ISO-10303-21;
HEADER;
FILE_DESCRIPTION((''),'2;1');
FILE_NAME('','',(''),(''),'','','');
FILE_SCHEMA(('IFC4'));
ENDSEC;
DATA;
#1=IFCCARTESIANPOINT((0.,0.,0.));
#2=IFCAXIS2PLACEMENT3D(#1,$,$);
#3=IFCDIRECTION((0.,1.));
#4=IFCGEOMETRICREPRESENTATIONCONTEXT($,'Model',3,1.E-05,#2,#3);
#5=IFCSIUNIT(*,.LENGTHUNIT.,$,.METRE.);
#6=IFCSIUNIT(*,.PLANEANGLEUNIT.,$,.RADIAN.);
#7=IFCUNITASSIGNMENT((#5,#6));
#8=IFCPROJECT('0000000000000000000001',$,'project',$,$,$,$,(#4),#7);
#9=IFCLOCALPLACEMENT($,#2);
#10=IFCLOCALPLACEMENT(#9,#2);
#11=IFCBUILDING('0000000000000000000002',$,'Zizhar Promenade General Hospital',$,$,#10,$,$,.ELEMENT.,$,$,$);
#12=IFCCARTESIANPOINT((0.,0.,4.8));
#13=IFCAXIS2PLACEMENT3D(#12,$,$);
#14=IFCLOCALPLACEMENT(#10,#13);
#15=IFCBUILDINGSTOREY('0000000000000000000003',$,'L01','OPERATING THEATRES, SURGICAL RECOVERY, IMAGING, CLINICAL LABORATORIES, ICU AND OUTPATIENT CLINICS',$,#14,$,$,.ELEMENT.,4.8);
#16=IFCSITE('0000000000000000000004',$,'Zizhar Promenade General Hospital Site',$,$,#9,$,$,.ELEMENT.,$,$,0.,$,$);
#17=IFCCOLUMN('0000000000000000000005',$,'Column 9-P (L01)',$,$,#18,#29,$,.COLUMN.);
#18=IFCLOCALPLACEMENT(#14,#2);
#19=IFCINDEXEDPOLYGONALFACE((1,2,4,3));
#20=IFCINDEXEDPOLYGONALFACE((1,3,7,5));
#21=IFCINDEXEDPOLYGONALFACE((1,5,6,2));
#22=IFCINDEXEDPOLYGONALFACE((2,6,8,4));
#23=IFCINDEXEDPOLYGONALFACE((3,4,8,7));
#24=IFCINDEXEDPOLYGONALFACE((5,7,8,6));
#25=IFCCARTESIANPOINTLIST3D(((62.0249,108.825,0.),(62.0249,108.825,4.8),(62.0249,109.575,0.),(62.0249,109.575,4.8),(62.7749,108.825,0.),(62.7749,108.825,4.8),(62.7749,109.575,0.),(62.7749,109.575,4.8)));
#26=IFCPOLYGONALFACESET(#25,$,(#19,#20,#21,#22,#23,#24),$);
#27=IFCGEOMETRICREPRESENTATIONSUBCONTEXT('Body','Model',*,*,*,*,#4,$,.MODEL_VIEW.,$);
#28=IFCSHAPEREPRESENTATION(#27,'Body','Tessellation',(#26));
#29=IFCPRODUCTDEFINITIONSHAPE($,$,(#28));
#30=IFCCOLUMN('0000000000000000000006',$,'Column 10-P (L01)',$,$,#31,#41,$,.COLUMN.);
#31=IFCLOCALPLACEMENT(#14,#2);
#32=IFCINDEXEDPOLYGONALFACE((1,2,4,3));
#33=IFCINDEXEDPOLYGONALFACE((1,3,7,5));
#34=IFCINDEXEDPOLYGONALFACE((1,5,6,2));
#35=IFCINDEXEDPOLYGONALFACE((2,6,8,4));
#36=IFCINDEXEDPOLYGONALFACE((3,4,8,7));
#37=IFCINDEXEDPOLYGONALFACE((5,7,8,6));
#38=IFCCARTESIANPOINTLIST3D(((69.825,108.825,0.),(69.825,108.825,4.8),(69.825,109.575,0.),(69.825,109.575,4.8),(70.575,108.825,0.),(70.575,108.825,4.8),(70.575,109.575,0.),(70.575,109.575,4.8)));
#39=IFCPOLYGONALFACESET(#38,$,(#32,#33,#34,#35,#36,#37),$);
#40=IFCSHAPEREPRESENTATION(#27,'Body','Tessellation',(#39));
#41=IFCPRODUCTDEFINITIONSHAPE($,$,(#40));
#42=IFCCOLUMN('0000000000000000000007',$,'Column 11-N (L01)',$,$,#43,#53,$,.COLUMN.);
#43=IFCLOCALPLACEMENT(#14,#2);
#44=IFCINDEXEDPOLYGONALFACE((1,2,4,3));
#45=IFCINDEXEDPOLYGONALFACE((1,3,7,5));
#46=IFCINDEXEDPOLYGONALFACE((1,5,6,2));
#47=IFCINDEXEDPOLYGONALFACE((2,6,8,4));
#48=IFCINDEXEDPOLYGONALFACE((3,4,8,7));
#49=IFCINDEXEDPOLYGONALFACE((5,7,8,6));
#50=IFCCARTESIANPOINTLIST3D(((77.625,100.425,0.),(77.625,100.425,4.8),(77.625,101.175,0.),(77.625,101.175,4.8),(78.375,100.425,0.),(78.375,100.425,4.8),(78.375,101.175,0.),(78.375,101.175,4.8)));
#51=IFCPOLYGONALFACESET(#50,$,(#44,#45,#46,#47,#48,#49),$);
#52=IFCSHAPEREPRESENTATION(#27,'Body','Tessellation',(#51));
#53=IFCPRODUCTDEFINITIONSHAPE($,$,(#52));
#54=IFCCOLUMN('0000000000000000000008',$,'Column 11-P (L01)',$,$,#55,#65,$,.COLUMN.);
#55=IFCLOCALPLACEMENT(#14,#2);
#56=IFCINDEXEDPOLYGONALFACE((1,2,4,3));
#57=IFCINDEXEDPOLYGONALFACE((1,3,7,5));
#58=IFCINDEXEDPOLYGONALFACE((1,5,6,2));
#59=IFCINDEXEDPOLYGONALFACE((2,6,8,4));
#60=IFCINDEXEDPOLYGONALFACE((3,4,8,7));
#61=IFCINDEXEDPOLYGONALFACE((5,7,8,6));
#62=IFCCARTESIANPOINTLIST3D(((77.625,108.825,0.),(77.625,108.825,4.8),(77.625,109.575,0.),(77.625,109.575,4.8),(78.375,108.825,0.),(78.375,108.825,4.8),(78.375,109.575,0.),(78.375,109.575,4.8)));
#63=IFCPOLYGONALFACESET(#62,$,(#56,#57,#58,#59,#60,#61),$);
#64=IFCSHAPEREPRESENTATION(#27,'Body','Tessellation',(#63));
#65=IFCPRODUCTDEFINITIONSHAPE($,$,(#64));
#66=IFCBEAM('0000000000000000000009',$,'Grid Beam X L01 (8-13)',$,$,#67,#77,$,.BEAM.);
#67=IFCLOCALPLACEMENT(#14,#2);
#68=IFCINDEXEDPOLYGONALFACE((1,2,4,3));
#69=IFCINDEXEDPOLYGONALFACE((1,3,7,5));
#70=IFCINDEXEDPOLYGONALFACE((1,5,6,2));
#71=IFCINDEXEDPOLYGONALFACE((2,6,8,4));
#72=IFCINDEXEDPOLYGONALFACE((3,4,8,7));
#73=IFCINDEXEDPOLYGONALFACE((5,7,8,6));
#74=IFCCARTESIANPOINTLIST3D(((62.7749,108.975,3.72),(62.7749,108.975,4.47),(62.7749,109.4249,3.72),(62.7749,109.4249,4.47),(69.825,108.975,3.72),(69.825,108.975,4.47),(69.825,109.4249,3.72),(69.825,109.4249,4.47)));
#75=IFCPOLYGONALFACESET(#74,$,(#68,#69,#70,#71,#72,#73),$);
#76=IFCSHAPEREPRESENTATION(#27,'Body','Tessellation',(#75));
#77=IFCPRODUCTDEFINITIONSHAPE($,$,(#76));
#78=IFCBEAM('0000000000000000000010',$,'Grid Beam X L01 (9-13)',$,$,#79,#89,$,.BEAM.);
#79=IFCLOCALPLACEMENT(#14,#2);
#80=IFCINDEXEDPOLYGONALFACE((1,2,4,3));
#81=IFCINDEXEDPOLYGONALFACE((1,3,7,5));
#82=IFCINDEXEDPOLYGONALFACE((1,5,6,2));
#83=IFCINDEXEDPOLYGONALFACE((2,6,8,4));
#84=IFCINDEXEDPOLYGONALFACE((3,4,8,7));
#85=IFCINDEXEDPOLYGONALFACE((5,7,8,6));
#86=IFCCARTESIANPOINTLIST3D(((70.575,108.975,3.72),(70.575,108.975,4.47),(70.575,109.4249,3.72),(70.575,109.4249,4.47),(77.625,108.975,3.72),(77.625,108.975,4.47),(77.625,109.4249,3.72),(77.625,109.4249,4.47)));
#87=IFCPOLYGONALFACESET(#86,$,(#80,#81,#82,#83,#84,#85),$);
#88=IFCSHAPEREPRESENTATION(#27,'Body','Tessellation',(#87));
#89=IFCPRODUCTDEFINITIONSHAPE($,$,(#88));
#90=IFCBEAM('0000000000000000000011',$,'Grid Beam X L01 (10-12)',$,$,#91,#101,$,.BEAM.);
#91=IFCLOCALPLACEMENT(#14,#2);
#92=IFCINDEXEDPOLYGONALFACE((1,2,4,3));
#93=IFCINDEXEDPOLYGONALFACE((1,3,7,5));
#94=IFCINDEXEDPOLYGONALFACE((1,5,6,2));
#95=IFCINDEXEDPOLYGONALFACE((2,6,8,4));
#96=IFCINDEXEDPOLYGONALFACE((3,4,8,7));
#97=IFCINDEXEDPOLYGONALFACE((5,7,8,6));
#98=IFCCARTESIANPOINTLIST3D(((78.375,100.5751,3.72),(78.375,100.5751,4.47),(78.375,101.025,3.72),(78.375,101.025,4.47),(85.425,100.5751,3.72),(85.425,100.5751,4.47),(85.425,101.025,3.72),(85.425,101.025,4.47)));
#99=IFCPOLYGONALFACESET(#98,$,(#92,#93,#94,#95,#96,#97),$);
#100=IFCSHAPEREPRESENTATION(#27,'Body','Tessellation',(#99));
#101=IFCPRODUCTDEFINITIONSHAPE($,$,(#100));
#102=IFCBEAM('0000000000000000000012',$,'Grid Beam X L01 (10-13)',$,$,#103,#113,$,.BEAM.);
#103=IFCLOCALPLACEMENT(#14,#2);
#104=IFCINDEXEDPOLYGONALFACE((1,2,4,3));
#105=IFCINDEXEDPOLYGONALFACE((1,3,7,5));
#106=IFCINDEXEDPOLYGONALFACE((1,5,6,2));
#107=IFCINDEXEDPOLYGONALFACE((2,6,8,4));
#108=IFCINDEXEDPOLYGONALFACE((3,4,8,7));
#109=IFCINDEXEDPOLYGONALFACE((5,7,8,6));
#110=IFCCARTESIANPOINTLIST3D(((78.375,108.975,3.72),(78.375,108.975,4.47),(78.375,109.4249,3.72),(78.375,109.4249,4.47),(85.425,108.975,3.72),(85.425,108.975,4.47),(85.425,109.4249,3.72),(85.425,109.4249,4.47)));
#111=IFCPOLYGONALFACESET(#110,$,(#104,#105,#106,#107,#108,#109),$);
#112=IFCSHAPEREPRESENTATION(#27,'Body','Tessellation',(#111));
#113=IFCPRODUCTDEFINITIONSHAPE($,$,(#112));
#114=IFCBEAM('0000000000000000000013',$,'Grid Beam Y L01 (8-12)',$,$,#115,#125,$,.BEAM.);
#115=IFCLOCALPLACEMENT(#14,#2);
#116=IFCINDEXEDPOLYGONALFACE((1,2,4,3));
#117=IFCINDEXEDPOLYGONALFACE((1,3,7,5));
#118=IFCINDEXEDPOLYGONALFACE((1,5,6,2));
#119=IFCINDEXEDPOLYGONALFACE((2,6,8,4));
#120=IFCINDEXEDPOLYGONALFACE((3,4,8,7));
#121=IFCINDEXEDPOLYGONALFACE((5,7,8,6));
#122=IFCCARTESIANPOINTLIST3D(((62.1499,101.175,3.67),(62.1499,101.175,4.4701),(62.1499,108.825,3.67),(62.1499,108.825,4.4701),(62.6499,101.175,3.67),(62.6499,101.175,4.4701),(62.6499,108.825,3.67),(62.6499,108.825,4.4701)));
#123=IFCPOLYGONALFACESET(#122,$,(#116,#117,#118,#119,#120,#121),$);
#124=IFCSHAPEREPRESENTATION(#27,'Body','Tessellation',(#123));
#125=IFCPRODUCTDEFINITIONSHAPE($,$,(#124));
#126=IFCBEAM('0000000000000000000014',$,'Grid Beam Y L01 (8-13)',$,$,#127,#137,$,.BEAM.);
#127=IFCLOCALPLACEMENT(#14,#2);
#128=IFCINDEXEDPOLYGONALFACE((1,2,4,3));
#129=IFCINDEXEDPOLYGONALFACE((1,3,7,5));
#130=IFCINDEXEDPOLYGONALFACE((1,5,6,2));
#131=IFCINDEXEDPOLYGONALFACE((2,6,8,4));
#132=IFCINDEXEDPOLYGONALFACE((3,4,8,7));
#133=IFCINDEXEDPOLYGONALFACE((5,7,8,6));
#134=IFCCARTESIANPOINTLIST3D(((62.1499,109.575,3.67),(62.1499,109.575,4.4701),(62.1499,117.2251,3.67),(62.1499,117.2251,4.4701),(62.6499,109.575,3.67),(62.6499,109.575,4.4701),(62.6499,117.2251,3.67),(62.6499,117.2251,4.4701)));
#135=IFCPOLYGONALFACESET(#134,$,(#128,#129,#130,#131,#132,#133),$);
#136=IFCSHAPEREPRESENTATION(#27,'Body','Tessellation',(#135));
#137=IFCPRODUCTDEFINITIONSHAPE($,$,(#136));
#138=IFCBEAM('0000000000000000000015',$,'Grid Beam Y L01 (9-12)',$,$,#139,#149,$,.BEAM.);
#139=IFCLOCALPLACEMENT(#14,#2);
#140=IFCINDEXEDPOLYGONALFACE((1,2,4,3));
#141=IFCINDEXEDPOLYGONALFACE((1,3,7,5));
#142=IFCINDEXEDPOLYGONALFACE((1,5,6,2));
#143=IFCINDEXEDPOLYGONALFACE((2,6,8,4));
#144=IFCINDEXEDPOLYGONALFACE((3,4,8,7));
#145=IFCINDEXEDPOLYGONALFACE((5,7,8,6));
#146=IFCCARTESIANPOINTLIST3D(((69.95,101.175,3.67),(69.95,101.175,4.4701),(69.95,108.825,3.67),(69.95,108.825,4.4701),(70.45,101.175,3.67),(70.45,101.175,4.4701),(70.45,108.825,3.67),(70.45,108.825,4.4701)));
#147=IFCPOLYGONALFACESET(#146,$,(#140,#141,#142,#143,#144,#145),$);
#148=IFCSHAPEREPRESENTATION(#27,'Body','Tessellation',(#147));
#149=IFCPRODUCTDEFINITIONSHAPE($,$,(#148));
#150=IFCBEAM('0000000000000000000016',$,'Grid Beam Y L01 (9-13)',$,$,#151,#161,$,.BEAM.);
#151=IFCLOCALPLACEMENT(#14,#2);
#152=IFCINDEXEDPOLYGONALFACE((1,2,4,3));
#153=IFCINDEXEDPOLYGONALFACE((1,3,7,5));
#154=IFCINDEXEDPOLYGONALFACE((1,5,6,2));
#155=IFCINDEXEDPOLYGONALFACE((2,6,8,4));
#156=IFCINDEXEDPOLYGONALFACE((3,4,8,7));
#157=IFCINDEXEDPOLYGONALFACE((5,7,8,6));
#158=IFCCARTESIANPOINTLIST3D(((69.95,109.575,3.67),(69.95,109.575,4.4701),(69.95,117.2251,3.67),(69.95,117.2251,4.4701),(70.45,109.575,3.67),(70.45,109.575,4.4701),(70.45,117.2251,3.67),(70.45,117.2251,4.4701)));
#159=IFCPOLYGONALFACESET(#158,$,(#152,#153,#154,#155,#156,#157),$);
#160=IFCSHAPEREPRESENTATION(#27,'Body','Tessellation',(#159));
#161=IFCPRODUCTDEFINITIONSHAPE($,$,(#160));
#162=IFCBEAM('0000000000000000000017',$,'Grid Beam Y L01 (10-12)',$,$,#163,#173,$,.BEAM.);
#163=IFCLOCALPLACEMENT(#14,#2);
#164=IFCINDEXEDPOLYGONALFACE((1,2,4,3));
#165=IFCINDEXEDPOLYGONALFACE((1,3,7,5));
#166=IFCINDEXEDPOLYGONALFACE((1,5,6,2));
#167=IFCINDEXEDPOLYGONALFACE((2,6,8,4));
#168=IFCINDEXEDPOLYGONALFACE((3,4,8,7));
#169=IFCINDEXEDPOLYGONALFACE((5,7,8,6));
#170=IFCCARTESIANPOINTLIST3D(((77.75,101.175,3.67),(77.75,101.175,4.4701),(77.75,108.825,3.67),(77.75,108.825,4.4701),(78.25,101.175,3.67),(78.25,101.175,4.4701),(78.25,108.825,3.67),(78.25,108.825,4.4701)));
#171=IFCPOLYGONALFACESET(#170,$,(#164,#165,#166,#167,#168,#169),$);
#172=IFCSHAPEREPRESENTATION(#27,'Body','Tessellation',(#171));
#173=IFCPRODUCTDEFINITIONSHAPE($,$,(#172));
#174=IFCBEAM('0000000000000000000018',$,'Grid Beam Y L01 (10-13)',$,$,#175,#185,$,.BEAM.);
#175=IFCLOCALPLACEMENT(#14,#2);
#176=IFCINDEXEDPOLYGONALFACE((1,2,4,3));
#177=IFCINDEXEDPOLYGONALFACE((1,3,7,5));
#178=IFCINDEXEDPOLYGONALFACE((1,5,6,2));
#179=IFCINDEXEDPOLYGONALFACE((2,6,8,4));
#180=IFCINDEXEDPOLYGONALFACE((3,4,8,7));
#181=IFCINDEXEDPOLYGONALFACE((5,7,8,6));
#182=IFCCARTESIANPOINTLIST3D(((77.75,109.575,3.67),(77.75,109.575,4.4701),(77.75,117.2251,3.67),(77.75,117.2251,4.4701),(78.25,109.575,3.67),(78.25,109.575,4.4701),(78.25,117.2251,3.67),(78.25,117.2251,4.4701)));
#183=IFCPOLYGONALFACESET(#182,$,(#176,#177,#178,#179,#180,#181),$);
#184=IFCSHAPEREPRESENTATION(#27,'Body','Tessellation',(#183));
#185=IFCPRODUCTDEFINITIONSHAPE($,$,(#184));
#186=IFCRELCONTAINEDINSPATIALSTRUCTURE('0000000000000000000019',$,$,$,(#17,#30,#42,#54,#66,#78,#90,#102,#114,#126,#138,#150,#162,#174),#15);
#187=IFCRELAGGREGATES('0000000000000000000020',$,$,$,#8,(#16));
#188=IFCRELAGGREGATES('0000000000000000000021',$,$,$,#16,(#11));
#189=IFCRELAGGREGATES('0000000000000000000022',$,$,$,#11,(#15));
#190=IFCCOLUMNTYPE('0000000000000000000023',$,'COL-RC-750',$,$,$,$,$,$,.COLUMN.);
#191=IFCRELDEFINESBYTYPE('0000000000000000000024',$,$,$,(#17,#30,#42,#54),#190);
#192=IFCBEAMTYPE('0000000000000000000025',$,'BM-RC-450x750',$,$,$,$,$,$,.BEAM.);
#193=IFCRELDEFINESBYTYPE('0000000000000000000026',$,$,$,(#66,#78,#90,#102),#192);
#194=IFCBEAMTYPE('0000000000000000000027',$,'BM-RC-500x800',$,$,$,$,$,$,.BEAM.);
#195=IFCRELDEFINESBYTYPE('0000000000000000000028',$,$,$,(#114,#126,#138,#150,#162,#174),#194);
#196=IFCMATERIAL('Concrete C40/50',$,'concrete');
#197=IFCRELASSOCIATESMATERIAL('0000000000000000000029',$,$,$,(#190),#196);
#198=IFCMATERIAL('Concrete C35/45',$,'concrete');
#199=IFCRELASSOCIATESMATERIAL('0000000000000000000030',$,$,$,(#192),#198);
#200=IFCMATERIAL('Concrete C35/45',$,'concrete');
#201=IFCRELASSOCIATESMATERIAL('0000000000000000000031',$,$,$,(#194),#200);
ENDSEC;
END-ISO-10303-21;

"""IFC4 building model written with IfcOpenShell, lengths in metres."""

from ifc_helpers import new_model, si_unit, direction, frame, origin, origin_2d, place, context, subcontext, project, spatial, rectangle, extrude, material, material_profile, profile_set, type_object, element, save


model = new_model("IFC4")

# Units and contexts
model_context = context("Model", 3, precision=1e-05, world=origin(), true_north=direction((0.0, 1.0)))
body_context = subcontext(model_context, "Body", "Model", "MODEL_VIEW")
ifc_project = project(units=[si_unit("LENGTHUNIT", "METRE"), si_unit("PLANEANGLEUNIT", "RADIAN")], contexts=[model_context])

# Site, building, storey
site_placement = place(None, origin())
site = spatial("IfcSite", under=ifc_project, at=site_placement, Name="Zizhar Promenade General Hospital Site", CompositionType="ELEMENT", RefElevation=0.0)
building_placement = place(site_placement, origin())
building = spatial("IfcBuilding", under=site, at=building_placement, Name="Zizhar Promenade General Hospital", CompositionType="ELEMENT")
storey_placement = place(building_placement, frame((0.0, 0.0, 4.8)))
storey = spatial("IfcBuildingStorey", under=building, at=storey_placement, Name="L01", Description="OPERATING THEATRES, SURGICAL RECOVERY, IMAGING, CLINICAL LABORATORIES, ICU AND OUTPATIENT CLINICS", CompositionType="ELEMENT", Elevation=4.8)

# Columns
ifc_material_1 = material(Name="Concrete C40/50", Category="concrete")
ifc_material_profile_1 = material_profile(ifc_material_1, rectangle(XDim=0.75, YDim=0.75, at=origin_2d()))
ifc_profile_set_1 = profile_set([ifc_material_profile_1], Name="Concrete C40/50")
column_type = type_object("IfcColumnType", Name="COL-RC-750", PredefinedType="COLUMN", material=ifc_profile_set_1)
for number, where, z_axis, x_axis, name in (
    (1, (62.3999, 109.2, 0.0), (0.0, 0.0, 1.0), (1.0, 0.0, 0.0), "Column 9-P (L01)"),
    (2, (70.2, 109.2, 0.0), (0.0, 0.0, 1.0), (1.0, 0.0, 0.0), "Column 10-P (L01)"),
    (3, (78.0, 100.8, 0.0), (0.0, 0.0, 1.0), (1.0, 0.0, 0.0), "Column 11-N (L01)"),
    (4, (78.0, 109.2, 0.0), (0.0, 0.0, 1.0), (1.0, 0.0, 0.0), "Column 11-P (L01)"),
):
    element("IfcColumn", number, at=place(storey_placement, frame(where, z_axis=z_axis, x_axis=x_axis)), inside=storey, type_object=column_type, Name=name, PredefinedType="COLUMN", context=body_context, shape_type="SweptSolid", body=[
        extrude(rectangle(XDim=0.75, YDim=0.75, at=origin_2d()), origin(), (0.0, 0.0, 1.0), 4.8),
    ])

# Beams
ifc_material_2 = material(Name="Concrete C35/45", Category="concrete")
ifc_material_profile_2 = material_profile(ifc_material_2, rectangle(XDim=0.45, YDim=0.75, at=origin_2d()))
ifc_profile_set_2 = profile_set([ifc_material_profile_2], Name="Concrete C35/45")
beam_type_1 = type_object("IfcBeamType", Name="BM-RC-450x750", PredefinedType="BEAM", material=ifc_profile_set_2)
for number, where, z_axis, x_axis, name in (
    (5, (62.7749, 109.2, 4.095), (1.0, 0.0, 0.0), (0.0, 1.0, 0.0), "Grid Beam X L01 (8-13)"),
    (6, (70.575, 109.2, 4.095), (1.0, 0.0, 0.0), (0.0, 1.0, 0.0), "Grid Beam X L01 (9-13)"),
    (7, (78.375, 100.8, 4.095), (1.0, 0.0, 0.0), (0.0, 1.0, 0.0), "Grid Beam X L01 (10-12)"),
    (8, (78.375, 109.2, 4.095), (1.0, 0.0, 0.0), (0.0, 1.0, 0.0), "Grid Beam X L01 (10-13)"),
):
    element("IfcBeam", number, at=place(storey_placement, frame(where, z_axis=z_axis, x_axis=x_axis)), inside=storey, type_object=beam_type_1, Name=name, PredefinedType="BEAM", context=body_context, shape_type="SweptSolid", body=[
        extrude(rectangle(XDim=0.45, YDim=0.75, at=origin_2d()), origin(), (0.0, 0.0, 1.0), 7.05),
    ])
ifc_material_3 = material(Name="Concrete C35/45", Category="concrete")
ifc_material_profile_3 = material_profile(ifc_material_3, rectangle(XDim=0.5, YDim=0.8, at=origin_2d()))
ifc_profile_set_3 = profile_set([ifc_material_profile_3], Name="Concrete C35/45")
beam_type_2 = type_object("IfcBeamType", Name="BM-RC-500x800", PredefinedType="BEAM", material=ifc_profile_set_3)
beam_1_placement = place(storey_placement, frame((62.3999, 101.175, 4.0701), z_axis=(0.0, 1.0, 0.0), x_axis=(-1.0, 0.0, 0.0)))
element("IfcBeam", 9, at=beam_1_placement, inside=storey, type_object=beam_type_2, Name="Grid Beam Y L01 (8-12)", PredefinedType="BEAM", context=body_context, shape_type="SweptSolid", body=[
    extrude(rectangle(XDim=0.5, YDim=0.8, at=origin_2d()), origin(), (0.0, 0.0, 1.0), 7.6499),
])
beam_2_placement = place(storey_placement, frame((62.3999, 109.575, 4.0701), z_axis=(0.0, 1.0, 0.0), x_axis=(-1.0, 0.0, 0.0)))
element("IfcBeam", 10, at=beam_2_placement, inside=storey, type_object=beam_type_2, Name="Grid Beam Y L01 (8-13)", PredefinedType="BEAM", context=body_context, shape_type="SweptSolid", body=[
    extrude(rectangle(XDim=0.5, YDim=0.8, at=origin_2d()), origin(), (0.0, 0.0, 1.0), 7.6501),
])
beam_3_placement = place(storey_placement, frame((70.2, 101.175, 4.0701), z_axis=(0.0, 1.0, 0.0), x_axis=(-1.0, 0.0, 0.0)))
element("IfcBeam", 11, at=beam_3_placement, inside=storey, type_object=beam_type_2, Name="Grid Beam Y L01 (9-12)", PredefinedType="BEAM", context=body_context, shape_type="SweptSolid", body=[
    extrude(rectangle(XDim=0.5, YDim=0.8, at=origin_2d()), origin(), (0.0, 0.0, 1.0), 7.6499),
])
beam_4_placement = place(storey_placement, frame((70.2, 109.575, 4.0701), z_axis=(0.0, 1.0, 0.0), x_axis=(-1.0, 0.0, 0.0)))
element("IfcBeam", 12, at=beam_4_placement, inside=storey, type_object=beam_type_2, Name="Grid Beam Y L01 (9-13)", PredefinedType="BEAM", context=body_context, shape_type="SweptSolid", body=[
    extrude(rectangle(XDim=0.5, YDim=0.8, at=origin_2d()), origin(), (0.0, 0.0, 1.0), 7.6501),
])
beam_5_placement = place(storey_placement, frame((78.0, 101.175, 4.0701), z_axis=(0.0, 1.0, 0.0), x_axis=(-1.0, 0.0, 0.0)))
element("IfcBeam", 13, at=beam_5_placement, inside=storey, type_object=beam_type_2, Name="Grid Beam Y L01 (10-12)", PredefinedType="BEAM", context=body_context, shape_type="SweptSolid", body=[
    extrude(rectangle(XDim=0.5, YDim=0.8, at=origin_2d()), origin(), (0.0, 0.0, 1.0), 7.6499),
])
beam_6_placement = place(storey_placement, frame((78.0, 109.575, 4.0701), z_axis=(0.0, 1.0, 0.0), x_axis=(-1.0, 0.0, 0.0)))
element("IfcBeam", 14, at=beam_6_placement, inside=storey, type_object=beam_type_2, Name="Grid Beam Y L01 (10-13)", PredefinedType="BEAM", context=body_context, shape_type="SweptSolid", body=[
    extrude(rectangle(XDim=0.5, YDim=0.8, at=origin_2d()), origin(), (0.0, 0.0, 1.0), 7.6501),
])

save(model, "model.ifc")
